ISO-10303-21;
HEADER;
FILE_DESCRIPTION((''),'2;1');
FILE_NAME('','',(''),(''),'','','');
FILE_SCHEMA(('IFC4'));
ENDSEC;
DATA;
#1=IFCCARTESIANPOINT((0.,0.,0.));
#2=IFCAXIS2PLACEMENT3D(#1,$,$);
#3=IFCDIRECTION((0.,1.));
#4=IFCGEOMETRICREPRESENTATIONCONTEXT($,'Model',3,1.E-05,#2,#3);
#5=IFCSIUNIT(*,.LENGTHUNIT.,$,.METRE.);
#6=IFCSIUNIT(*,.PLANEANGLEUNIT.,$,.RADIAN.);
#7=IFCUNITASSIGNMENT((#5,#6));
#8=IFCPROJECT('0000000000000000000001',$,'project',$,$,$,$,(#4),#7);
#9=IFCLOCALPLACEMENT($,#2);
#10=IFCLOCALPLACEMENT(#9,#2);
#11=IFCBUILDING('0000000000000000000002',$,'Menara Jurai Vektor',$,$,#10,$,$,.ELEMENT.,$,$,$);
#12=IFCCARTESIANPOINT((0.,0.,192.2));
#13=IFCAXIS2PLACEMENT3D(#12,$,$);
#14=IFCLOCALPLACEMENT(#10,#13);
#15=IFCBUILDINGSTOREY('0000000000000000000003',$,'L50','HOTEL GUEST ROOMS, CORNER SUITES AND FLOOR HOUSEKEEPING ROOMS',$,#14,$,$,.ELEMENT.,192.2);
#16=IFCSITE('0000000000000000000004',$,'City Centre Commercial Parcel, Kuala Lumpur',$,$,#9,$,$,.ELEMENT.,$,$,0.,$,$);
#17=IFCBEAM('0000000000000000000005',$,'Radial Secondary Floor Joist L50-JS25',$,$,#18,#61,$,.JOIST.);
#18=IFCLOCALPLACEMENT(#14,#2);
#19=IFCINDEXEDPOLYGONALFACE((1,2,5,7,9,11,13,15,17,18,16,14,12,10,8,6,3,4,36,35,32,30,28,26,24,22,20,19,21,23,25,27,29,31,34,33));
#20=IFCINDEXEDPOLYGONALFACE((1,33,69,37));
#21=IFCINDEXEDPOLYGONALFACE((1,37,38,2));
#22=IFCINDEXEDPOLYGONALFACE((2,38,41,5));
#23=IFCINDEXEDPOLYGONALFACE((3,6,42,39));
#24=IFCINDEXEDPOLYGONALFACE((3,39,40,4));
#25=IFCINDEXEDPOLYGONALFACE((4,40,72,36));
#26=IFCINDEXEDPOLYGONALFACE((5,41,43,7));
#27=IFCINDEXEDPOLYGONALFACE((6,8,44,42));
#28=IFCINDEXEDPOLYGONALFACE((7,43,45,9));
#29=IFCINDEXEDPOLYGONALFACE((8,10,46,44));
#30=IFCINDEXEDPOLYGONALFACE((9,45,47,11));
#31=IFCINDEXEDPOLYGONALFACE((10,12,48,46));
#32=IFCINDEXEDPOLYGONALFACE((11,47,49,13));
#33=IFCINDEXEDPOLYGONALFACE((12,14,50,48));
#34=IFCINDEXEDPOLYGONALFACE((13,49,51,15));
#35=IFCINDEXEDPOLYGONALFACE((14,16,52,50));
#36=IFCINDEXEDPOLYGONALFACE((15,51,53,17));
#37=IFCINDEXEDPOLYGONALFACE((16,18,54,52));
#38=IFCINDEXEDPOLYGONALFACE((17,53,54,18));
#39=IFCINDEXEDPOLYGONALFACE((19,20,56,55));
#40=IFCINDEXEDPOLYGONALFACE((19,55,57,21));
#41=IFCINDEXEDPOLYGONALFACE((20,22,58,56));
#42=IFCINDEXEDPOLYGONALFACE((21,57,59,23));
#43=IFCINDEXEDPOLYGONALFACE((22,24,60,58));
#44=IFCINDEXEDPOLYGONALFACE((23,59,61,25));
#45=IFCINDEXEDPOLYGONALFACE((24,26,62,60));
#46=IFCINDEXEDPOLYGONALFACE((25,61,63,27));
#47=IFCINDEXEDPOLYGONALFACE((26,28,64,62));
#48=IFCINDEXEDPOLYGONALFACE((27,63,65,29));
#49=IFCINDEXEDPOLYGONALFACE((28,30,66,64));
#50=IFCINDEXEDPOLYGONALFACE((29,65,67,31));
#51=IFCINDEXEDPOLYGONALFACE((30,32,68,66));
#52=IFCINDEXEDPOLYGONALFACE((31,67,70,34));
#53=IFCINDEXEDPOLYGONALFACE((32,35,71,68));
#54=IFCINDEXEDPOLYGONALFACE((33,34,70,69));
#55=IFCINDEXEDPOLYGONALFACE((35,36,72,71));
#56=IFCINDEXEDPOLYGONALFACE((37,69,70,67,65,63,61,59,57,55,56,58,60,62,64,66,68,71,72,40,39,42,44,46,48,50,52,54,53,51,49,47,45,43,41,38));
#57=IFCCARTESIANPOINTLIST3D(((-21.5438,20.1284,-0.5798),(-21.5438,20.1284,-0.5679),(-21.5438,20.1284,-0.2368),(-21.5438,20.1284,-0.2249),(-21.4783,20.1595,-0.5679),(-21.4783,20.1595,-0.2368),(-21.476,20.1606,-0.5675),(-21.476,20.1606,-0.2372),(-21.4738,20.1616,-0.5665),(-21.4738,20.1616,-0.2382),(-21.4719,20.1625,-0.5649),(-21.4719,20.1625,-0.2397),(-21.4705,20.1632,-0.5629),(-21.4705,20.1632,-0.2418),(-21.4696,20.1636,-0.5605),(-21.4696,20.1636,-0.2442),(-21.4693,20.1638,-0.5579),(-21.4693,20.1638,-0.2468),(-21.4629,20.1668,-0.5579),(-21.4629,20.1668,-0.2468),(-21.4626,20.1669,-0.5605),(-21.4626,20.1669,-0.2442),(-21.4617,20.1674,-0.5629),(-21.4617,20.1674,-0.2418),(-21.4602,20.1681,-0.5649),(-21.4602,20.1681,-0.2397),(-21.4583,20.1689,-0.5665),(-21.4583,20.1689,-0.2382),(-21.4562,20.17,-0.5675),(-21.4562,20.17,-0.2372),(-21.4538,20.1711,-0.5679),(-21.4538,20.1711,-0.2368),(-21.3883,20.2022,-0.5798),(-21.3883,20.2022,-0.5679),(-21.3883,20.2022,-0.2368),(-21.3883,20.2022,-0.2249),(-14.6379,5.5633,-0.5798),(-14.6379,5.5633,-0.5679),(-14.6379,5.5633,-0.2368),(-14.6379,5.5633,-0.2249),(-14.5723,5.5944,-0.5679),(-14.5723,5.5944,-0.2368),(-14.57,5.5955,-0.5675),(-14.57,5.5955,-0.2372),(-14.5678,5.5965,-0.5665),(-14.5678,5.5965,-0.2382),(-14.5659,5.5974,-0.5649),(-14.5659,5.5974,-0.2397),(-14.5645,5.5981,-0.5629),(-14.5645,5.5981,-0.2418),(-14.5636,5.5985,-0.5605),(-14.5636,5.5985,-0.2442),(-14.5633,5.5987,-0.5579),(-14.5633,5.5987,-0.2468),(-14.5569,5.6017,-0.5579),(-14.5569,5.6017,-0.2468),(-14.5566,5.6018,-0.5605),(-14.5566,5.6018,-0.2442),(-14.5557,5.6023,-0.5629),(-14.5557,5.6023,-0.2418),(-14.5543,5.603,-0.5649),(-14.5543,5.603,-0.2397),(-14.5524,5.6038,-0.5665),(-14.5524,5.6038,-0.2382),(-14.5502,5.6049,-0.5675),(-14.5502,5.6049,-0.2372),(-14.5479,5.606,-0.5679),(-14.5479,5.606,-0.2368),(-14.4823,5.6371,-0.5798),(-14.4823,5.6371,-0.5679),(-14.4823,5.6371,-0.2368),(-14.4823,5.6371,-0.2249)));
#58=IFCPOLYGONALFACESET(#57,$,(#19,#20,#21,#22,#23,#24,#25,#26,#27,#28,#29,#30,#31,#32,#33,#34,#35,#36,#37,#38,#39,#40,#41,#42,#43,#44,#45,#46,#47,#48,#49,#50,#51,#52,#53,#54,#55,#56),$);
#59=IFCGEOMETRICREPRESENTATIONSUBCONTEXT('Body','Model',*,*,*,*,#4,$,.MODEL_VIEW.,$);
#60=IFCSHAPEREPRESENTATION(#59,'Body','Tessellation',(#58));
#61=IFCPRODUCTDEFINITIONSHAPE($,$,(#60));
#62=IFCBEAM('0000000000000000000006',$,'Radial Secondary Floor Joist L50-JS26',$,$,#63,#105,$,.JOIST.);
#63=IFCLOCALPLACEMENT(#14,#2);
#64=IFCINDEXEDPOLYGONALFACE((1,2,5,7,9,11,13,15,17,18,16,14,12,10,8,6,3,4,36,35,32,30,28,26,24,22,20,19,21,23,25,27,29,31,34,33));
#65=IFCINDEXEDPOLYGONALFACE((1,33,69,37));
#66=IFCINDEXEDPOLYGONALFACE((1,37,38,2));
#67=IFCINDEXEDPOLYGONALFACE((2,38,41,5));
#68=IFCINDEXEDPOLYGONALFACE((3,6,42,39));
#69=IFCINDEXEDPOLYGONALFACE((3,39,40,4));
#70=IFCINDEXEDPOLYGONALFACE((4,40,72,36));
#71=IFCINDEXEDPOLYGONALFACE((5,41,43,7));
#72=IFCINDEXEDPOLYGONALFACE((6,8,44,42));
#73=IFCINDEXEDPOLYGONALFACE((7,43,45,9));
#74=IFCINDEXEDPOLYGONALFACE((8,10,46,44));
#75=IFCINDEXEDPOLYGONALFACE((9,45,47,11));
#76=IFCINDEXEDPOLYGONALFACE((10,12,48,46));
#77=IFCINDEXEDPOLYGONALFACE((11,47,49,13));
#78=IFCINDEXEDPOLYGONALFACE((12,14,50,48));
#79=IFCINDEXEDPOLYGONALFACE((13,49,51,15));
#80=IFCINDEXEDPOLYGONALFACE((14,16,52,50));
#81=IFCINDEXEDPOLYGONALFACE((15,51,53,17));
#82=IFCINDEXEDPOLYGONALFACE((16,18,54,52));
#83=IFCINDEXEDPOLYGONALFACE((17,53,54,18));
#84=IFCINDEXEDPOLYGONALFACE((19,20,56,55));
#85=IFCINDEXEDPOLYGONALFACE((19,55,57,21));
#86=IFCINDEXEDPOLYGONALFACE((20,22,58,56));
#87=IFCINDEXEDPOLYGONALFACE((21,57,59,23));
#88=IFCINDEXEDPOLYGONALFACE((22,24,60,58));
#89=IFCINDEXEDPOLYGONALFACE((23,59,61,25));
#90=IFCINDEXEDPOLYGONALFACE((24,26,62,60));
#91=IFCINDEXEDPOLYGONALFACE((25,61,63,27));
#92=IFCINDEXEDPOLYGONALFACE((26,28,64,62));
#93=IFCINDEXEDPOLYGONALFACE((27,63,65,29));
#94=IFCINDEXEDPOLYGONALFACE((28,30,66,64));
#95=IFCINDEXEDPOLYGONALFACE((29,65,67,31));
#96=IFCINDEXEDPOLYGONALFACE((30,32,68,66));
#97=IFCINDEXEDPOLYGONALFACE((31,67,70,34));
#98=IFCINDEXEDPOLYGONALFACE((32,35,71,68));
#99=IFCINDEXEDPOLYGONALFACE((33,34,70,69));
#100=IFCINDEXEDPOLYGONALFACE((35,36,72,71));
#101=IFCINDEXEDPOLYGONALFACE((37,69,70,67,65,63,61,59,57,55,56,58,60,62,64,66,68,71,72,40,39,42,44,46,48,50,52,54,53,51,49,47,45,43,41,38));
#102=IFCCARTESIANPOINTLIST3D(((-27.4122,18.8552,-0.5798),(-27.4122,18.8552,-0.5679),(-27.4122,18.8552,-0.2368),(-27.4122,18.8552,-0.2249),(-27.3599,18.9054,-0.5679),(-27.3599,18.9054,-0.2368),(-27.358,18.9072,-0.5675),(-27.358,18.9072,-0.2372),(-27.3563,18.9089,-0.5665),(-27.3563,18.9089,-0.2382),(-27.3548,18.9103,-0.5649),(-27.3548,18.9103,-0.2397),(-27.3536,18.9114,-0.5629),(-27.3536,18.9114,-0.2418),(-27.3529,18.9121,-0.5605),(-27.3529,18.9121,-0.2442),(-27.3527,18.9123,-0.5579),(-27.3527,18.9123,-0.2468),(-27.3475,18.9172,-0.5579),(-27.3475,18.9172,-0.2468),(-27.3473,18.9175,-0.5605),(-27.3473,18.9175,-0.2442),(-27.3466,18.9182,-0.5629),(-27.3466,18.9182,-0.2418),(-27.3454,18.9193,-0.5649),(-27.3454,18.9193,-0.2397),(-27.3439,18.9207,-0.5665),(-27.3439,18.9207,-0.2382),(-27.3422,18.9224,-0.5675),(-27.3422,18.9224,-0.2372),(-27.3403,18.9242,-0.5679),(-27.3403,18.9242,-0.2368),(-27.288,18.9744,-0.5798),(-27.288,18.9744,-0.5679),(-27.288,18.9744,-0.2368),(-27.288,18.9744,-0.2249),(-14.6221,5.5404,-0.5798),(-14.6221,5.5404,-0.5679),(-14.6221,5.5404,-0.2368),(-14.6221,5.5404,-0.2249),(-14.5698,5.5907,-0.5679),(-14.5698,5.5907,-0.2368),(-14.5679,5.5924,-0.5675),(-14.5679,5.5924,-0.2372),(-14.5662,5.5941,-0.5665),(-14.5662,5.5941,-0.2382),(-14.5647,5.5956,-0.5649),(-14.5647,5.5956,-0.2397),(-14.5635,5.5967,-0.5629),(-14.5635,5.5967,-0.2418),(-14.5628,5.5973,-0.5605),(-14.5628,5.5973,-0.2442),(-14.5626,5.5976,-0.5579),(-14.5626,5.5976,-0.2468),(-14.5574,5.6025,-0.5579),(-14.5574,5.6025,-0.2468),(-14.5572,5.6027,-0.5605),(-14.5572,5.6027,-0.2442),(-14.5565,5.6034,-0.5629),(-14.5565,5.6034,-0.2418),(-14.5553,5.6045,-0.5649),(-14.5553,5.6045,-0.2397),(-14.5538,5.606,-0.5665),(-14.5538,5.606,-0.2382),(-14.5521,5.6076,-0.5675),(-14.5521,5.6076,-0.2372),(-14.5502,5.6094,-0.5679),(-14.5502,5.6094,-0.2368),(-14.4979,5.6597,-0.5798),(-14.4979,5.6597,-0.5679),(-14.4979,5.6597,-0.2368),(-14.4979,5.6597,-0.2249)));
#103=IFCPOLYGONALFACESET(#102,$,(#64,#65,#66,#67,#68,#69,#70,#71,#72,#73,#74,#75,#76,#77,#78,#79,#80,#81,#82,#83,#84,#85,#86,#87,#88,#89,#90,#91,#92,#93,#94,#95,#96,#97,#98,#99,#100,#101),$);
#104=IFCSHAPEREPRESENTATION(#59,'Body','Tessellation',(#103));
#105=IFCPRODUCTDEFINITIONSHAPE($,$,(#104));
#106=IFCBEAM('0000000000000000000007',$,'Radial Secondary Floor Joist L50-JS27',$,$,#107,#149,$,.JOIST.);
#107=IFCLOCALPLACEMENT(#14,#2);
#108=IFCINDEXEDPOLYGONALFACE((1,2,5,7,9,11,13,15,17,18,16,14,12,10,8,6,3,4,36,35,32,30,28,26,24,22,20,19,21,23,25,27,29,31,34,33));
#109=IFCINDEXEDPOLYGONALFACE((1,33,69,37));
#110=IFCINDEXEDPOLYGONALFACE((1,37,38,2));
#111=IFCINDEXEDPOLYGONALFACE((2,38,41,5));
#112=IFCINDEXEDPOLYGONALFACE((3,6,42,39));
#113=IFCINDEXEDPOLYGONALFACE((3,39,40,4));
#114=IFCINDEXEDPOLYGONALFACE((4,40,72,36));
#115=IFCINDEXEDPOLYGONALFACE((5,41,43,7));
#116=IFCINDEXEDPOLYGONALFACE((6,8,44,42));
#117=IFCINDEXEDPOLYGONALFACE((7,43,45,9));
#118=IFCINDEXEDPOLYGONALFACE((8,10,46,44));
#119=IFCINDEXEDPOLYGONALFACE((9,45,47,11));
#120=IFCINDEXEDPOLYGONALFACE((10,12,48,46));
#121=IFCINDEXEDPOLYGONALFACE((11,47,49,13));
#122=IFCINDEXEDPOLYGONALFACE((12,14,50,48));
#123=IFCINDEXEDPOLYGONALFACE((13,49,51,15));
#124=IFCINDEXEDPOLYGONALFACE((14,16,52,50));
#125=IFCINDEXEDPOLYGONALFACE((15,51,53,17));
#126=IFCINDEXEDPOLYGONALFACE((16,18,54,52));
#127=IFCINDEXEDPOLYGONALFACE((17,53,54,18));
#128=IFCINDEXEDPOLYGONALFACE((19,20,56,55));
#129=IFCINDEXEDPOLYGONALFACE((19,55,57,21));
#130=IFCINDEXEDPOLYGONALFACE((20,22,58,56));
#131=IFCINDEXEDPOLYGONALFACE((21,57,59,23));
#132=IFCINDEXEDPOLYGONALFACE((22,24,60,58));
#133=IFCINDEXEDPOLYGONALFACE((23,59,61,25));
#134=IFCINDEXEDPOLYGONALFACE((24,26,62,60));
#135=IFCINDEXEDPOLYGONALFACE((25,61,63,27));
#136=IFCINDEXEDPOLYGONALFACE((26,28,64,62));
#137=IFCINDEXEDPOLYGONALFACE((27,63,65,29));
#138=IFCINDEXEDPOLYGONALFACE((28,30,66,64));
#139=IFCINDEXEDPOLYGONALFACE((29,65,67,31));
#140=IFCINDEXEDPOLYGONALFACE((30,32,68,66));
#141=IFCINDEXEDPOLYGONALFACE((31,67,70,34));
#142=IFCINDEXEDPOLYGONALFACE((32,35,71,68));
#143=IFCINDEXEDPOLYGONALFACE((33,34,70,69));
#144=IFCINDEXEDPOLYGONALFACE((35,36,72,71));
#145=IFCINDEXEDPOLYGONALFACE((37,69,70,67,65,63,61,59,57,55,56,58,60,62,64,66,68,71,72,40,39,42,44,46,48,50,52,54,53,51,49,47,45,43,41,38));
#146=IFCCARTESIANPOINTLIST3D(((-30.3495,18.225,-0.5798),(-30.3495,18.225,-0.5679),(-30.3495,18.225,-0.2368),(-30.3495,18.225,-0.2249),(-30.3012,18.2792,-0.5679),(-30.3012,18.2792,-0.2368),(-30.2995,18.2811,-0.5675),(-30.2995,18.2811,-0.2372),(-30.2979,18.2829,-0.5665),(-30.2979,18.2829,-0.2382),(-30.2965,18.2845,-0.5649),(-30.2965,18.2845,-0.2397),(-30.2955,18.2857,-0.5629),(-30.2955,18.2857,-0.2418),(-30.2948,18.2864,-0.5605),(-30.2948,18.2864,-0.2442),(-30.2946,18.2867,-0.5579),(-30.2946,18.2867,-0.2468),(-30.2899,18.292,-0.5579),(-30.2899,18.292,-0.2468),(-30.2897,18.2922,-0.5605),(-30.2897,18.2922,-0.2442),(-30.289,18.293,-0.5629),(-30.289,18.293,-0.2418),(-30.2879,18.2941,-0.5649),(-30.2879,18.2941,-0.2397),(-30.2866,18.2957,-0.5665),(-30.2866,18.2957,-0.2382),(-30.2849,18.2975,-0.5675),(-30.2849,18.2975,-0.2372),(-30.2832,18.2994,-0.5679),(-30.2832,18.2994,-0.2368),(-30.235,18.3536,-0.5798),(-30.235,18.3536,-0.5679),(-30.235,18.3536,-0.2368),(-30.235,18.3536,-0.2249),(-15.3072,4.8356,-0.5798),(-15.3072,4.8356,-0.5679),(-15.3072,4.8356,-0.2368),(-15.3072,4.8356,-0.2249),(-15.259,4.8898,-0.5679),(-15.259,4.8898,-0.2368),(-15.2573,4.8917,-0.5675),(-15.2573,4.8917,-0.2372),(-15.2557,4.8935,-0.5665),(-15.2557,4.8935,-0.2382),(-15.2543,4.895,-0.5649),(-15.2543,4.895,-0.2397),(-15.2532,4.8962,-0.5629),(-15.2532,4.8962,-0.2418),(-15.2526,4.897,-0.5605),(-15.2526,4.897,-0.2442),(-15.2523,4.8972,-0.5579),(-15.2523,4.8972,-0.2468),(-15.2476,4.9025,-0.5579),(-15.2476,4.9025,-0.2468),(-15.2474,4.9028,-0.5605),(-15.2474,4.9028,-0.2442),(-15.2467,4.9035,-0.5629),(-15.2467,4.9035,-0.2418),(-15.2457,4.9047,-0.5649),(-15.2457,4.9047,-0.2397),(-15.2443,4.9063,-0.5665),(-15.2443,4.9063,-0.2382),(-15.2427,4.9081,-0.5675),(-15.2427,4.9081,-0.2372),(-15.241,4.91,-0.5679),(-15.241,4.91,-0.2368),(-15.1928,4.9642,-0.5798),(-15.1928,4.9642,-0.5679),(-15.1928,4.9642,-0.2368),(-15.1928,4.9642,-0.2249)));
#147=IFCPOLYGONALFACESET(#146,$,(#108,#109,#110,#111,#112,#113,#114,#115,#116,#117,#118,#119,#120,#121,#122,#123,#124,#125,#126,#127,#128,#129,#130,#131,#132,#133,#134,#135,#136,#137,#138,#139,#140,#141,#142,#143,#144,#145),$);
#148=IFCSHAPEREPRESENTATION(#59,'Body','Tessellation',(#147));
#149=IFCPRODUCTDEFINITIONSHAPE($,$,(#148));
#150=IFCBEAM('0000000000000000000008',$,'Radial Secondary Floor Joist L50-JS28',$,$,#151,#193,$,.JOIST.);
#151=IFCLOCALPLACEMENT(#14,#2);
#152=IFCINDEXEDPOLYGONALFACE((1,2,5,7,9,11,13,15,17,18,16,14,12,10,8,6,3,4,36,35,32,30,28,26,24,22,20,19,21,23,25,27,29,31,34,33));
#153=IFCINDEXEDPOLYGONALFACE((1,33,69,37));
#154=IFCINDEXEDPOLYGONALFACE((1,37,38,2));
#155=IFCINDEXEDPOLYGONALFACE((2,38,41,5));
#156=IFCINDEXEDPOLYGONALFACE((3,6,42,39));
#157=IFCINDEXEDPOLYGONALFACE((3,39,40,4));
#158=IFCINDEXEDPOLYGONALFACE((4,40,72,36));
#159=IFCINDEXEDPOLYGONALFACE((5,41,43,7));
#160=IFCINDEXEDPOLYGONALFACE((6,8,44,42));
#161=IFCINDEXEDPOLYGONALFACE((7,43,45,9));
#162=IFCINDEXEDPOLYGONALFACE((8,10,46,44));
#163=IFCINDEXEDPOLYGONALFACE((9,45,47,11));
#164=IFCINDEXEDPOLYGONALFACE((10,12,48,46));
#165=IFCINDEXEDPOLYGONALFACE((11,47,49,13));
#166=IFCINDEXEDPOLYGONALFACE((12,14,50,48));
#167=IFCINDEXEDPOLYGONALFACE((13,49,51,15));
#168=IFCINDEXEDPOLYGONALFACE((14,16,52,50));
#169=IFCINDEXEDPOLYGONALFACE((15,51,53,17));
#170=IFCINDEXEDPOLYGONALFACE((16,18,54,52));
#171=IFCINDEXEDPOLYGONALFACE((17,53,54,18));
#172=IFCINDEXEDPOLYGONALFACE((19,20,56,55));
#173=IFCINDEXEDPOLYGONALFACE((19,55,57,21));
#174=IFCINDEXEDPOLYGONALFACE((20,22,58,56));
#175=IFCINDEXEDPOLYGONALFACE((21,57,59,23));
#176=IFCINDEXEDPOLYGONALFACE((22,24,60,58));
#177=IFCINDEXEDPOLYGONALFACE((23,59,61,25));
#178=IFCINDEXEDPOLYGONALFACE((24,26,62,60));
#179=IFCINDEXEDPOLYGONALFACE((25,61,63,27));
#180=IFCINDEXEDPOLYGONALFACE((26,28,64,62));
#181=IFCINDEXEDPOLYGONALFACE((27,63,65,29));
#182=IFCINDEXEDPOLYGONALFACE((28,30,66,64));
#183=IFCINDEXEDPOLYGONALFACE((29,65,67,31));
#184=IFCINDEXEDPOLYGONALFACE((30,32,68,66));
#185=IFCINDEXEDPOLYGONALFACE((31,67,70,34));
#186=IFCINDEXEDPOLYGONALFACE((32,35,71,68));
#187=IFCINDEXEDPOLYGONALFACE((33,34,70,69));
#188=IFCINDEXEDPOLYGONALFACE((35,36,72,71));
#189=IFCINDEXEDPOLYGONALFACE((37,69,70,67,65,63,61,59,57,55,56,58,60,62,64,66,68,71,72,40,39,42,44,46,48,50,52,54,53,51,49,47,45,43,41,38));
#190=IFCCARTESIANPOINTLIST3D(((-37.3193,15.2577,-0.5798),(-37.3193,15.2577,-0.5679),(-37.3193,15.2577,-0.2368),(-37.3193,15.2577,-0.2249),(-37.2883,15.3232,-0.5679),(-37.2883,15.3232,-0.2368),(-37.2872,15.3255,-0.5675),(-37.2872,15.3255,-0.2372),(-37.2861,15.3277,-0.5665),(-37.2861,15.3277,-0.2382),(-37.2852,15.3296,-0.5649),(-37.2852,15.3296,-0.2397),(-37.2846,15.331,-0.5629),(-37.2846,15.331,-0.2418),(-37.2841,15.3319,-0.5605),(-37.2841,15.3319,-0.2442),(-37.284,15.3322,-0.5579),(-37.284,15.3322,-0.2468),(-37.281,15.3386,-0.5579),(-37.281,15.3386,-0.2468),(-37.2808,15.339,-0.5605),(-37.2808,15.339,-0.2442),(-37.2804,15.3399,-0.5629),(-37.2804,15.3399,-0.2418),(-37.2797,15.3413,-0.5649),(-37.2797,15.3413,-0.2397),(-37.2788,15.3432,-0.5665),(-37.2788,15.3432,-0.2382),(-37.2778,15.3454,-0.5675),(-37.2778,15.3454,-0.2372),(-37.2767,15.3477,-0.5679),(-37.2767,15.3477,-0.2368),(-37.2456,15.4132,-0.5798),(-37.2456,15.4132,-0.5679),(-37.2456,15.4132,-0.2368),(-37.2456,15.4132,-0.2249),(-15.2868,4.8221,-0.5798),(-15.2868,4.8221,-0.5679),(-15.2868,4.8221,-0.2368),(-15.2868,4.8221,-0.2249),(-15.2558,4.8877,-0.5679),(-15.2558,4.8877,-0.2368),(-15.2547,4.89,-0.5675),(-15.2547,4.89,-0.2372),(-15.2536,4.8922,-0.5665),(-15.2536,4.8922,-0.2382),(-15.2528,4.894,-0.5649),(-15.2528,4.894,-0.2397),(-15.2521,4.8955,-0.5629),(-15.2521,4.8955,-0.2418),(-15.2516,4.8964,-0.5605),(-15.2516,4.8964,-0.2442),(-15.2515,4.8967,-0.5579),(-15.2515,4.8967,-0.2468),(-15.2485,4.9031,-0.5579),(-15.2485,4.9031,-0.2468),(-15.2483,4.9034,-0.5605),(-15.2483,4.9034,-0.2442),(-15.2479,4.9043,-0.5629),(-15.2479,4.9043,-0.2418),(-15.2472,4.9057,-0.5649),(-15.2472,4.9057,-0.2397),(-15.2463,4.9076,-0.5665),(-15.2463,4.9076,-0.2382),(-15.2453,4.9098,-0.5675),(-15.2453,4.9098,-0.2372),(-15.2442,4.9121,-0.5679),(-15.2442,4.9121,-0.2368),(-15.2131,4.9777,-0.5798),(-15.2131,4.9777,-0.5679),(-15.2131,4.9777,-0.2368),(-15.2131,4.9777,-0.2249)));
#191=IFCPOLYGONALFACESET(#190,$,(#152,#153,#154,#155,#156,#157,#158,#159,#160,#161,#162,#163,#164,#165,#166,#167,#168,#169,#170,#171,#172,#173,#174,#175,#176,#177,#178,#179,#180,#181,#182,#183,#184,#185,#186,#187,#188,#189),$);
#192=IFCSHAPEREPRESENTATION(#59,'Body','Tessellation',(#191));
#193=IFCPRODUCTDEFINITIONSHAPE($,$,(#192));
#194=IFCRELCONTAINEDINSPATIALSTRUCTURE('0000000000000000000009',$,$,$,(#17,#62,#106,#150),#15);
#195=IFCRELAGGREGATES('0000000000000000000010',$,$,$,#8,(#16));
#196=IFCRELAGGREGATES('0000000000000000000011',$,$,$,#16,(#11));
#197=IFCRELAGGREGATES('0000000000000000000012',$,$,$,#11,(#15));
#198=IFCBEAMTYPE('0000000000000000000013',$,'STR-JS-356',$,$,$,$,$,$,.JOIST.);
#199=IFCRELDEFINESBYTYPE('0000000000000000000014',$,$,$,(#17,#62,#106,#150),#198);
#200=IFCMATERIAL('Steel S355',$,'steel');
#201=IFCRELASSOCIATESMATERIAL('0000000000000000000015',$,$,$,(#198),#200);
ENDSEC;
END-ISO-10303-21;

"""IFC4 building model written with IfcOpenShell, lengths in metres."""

from ifc_helpers import new_model, si_unit, direction, frame, origin, origin_2d, place, context, subcontext, project, spatial, i_section, extrude, material, material_profile, profile_set, type_object, element, save


model = new_model("IFC4")

# Units and contexts
model_context = context("Model", 3, precision=1e-05, world=origin(), true_north=direction((0.0, 1.0)))
body_context = subcontext(model_context, "Body", "Model", "MODEL_VIEW")
ifc_project = project(units=[si_unit("LENGTHUNIT", "METRE"), si_unit("PLANEANGLEUNIT", "RADIAN")], contexts=[model_context])

# Site, building, storey
site_placement = place(None, origin())
site = spatial("IfcSite", under=ifc_project, at=site_placement, Name="City Centre Commercial Parcel, Kuala Lumpur", CompositionType="ELEMENT", RefElevation=0.0)
building_placement = place(site_placement, origin())
building = spatial("IfcBuilding", under=site, at=building_placement, Name="Menara Jurai Vektor", CompositionType="ELEMENT")
storey_placement = place(building_placement, frame((0.0, 0.0, 192.2)))
storey = spatial("IfcBuildingStorey", under=building, at=storey_placement, Name="L50", Description="HOTEL GUEST ROOMS, CORNER SUITES AND FLOOR HOUSEKEEPING ROOMS", CompositionType="ELEMENT", Elevation=192.2)

# Shared definitions
ifc_material_1 = material(Name="Steel S355", Category="steel")

# Beams
ifc_material_profile_1 = material_profile(ifc_material_1, i_section(OverallWidth=0.1721, OverallDepth=0.355, WebThickness=0.0071, FlangeThickness=0.012, FilletRadius=0.01, at=origin_2d()), Name="UKB 356x171x51")
ifc_profile_set_1 = profile_set([ifc_material_profile_1], Name="Steel S355")
beam_type_1 = type_object("IfcBeamType", Name="STR-JS-356", PredefinedType="JOIST", material=ifc_profile_set_1)
beam_1_placement = place(storey_placement, frame((-21.4661, 20.1653, -0.4023), z_axis=(0.428426, -0.903577, 0.0), x_axis=(0.903577, 0.428426, 0.0)))
element("IfcBeam", 1, at=beam_1_placement, inside=storey, type_object=beam_type_1, Name="Radial Secondary Floor Joist L50-JS25", PredefinedType="JOIST", context=body_context, shape_type="SweptSolid", body=[
    extrude(i_section(OverallWidth=0.1721, OverallDepth=0.355, WebThickness=0.0071, FlangeThickness=0.012, FilletRadius=0.01, at=origin_2d()), origin(), (0.0, 0.0, 1.0), 16.1194),
])
beam_2_placement = place(storey_placement, frame((-27.3501, 18.9148, -0.4023), z_axis=(0.692755, -0.721173, 0.0), x_axis=(0.721173, 0.692755, 0.0)))
element("IfcBeam", 2, at=beam_2_placement, inside=storey, type_object=beam_type_1, Name="Radial Secondary Floor Joist L50-JS26", PredefinedType="JOIST", context=body_context, shape_type="SweptSolid", body=[
    extrude(i_section(OverallWidth=0.1721, OverallDepth=0.355, WebThickness=0.0071, FlangeThickness=0.012, FilletRadius=0.01, at=origin_2d()), origin(), (0.0, 0.0, 1.0), 18.4626),
])
beam_3_placement = place(storey_placement, frame((-30.2922, 18.2893, -0.4023), z_axis=(0.746952, -0.664878, 0.0), x_axis=(0.664878, 0.746952, 0.0)))
element("IfcBeam", 3, at=beam_3_placement, inside=storey, type_object=beam_type_1, Name="Radial Secondary Floor Joist L50-JS27", PredefinedType="JOIST", context=body_context, shape_type="SweptSolid", body=[
    extrude(i_section(OverallWidth=0.1721, OverallDepth=0.355, WebThickness=0.0071, FlangeThickness=0.012, FilletRadius=0.01, at=origin_2d()), origin(), (0.0, 0.0, 1.0), 20.1382),
])
beam_4_placement = place(storey_placement, frame((-37.2825, 15.3354, -0.4023), z_axis=(0.903752, -0.428057, 0.0), x_axis=(0.428057, 0.903752, 0.0)))
element("IfcBeam", 4, at=beam_4_placement, inside=storey, type_object=beam_type_1, Name="Radial Secondary Floor Joist L50-JS28", PredefinedType="JOIST", context=body_context, shape_type="SweptSolid", body=[
    extrude(i_section(OverallWidth=0.1721, OverallDepth=0.355, WebThickness=0.0071, FlangeThickness=0.012, FilletRadius=0.01, at=origin_2d()), origin(), (0.0, 0.0, 1.0), 24.3789),
])

save(model, "model.ifc")
